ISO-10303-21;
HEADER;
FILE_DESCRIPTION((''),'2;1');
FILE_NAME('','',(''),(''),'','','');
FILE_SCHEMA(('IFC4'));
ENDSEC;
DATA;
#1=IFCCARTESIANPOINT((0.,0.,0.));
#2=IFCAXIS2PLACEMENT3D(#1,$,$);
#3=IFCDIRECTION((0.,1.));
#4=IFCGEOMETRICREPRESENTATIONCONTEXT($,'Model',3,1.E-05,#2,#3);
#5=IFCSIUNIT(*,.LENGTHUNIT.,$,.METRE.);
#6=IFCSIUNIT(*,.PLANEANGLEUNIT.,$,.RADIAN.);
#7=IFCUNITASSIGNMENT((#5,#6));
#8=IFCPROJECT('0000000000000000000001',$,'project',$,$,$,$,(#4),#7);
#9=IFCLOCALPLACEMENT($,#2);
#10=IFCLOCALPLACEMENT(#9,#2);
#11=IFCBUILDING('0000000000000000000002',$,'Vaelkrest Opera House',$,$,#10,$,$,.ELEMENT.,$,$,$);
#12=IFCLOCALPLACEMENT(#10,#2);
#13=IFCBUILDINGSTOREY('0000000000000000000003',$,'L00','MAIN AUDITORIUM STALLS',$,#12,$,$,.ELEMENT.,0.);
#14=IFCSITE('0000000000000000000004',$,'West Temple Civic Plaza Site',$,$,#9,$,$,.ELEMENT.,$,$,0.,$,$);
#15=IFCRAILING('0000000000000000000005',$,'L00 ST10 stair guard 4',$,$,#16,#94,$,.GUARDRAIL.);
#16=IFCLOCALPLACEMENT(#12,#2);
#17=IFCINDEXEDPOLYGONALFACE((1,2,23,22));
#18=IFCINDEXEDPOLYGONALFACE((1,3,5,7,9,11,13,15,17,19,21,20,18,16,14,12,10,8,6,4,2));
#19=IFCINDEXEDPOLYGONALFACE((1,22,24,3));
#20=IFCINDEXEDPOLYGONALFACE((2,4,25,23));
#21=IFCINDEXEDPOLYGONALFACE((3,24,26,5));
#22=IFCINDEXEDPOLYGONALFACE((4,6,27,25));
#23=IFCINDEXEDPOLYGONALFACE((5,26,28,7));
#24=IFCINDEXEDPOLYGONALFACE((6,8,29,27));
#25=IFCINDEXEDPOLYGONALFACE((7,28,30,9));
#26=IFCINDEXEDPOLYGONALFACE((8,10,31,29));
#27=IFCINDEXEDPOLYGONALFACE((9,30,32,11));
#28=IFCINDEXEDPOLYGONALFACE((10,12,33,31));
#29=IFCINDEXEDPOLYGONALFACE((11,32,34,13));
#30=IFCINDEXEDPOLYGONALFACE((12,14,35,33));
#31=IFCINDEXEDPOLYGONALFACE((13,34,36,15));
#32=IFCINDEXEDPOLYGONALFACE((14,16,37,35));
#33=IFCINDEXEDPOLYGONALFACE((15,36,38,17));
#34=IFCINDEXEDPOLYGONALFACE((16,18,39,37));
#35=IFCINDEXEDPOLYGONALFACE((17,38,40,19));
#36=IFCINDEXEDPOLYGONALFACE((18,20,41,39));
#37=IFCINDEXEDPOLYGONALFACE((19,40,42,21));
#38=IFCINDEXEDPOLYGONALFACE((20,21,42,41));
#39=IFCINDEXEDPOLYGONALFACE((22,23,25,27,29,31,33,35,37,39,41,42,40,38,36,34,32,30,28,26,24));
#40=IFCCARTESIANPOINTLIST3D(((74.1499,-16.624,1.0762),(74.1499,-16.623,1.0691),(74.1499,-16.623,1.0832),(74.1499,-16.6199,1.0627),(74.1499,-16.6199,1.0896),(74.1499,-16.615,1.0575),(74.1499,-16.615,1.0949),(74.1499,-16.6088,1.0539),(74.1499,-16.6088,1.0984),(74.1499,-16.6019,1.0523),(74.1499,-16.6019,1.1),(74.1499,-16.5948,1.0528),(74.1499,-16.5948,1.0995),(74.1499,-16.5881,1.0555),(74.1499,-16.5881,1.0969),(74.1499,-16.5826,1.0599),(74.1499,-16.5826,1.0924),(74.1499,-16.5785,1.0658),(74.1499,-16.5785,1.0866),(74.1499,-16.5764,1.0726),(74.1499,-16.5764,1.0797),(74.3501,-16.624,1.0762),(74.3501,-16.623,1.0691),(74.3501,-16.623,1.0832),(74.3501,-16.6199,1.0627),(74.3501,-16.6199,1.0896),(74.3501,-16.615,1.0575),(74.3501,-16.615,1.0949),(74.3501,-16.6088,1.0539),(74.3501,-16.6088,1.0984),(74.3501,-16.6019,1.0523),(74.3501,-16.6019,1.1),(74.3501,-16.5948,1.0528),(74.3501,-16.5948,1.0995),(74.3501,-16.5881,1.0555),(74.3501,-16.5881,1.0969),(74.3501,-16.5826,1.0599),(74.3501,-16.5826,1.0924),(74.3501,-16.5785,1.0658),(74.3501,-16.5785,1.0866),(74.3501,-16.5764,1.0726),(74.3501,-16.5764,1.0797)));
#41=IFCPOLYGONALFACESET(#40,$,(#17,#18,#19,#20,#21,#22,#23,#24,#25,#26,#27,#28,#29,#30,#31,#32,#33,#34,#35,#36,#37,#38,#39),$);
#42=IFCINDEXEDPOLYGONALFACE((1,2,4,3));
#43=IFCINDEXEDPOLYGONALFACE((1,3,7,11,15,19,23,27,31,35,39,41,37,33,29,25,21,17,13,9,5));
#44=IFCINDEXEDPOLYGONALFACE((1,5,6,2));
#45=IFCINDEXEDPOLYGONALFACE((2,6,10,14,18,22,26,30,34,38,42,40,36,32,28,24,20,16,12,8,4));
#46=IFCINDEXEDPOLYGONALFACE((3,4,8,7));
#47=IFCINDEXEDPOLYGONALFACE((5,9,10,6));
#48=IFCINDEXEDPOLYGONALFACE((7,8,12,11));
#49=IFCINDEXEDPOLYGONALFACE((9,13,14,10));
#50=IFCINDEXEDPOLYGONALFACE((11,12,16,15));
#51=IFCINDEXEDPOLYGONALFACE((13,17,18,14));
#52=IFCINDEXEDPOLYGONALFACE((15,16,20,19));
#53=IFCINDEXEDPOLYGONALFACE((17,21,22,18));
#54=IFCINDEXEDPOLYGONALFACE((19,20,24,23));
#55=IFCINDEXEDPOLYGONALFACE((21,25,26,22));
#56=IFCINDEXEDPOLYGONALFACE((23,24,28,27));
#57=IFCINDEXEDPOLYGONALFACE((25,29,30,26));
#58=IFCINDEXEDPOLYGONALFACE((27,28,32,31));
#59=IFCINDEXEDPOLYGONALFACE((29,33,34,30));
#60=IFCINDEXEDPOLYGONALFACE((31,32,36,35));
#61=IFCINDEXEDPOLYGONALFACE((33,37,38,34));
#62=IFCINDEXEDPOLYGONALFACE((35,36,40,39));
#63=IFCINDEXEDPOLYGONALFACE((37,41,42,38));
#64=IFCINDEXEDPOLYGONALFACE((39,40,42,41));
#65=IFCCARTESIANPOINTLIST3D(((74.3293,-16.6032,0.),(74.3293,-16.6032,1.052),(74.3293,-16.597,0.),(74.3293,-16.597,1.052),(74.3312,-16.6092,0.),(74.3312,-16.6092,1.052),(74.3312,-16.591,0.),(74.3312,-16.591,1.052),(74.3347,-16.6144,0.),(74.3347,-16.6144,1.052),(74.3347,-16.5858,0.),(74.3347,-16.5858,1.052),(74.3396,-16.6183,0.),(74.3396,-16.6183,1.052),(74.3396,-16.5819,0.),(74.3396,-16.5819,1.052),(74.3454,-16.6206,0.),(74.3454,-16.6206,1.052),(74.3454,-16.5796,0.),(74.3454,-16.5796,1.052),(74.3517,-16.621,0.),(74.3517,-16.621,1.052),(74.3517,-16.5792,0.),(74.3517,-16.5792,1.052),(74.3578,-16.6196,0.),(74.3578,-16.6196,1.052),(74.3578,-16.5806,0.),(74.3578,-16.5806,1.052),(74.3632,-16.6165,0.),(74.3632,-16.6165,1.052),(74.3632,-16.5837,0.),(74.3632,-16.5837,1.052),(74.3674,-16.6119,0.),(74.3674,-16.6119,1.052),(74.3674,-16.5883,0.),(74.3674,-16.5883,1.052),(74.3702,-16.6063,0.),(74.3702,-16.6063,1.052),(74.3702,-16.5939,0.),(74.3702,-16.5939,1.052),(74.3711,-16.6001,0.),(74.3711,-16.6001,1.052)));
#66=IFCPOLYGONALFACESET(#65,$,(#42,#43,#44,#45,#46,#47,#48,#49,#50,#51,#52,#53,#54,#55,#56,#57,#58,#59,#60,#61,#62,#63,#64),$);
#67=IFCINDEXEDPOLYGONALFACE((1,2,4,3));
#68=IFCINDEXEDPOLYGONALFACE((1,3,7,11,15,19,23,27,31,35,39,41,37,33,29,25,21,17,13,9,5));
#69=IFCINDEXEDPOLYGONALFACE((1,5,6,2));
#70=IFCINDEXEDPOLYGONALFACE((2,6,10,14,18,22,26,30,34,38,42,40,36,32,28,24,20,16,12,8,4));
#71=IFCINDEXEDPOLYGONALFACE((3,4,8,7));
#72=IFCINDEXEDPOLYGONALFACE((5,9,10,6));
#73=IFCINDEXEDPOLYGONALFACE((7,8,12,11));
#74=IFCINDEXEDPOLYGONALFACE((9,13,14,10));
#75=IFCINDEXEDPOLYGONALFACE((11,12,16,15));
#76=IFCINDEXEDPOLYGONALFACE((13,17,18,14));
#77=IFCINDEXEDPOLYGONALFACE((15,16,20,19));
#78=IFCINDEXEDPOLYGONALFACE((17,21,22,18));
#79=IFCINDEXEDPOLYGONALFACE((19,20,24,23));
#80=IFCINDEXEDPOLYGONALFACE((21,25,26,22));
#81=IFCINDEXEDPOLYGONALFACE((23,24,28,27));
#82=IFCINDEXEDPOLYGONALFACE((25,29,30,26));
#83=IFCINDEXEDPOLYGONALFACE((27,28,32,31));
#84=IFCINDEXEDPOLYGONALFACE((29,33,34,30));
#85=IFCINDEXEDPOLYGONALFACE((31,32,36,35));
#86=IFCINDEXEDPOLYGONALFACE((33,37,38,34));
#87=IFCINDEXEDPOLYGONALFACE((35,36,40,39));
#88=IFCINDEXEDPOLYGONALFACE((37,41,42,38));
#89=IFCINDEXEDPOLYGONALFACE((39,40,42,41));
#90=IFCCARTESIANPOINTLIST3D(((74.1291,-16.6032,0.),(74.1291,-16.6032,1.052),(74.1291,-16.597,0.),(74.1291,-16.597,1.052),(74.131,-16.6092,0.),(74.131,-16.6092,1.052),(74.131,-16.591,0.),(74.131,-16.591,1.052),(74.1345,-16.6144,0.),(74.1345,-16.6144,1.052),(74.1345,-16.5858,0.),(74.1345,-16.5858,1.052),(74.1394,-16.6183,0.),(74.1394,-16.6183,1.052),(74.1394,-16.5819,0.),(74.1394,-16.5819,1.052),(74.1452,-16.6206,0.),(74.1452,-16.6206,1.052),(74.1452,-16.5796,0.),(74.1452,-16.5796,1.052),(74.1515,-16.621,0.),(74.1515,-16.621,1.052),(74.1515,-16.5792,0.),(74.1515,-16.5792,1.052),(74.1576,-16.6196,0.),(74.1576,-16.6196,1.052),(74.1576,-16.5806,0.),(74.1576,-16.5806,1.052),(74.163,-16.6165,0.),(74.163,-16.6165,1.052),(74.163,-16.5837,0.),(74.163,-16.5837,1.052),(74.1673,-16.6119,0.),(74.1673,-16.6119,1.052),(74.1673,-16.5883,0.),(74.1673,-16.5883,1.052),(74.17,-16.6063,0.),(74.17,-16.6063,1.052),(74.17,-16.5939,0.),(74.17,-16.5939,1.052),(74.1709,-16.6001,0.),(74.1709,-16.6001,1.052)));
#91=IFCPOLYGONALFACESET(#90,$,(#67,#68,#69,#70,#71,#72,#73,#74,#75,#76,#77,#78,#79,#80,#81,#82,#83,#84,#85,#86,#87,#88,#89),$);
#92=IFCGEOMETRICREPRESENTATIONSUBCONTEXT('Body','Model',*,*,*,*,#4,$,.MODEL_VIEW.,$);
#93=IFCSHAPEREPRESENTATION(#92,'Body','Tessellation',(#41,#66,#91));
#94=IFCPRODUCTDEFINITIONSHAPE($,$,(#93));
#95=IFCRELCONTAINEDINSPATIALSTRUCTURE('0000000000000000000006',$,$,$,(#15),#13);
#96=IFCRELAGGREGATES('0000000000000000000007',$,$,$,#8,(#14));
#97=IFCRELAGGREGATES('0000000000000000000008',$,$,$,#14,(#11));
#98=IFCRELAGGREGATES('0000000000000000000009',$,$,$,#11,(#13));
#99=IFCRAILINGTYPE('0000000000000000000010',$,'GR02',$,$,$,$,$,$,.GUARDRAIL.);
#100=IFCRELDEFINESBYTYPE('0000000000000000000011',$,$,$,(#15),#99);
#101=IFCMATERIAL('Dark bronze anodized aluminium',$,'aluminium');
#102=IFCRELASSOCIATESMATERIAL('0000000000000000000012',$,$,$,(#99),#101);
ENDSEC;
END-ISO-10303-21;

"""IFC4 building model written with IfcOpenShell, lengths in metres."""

from ifc_helpers import new_model, si_unit, direction, frame, origin, origin_2d, place, context, subcontext, project, spatial, circle, extrude, material, type_object, element, save


model = new_model("IFC4")

# Units and contexts
model_context = context("Model", 3, precision=1e-05, world=origin(), true_north=direction((0.0, 1.0)))
body_context = subcontext(model_context, "Body", "Model", "MODEL_VIEW")
ifc_project = project(units=[si_unit("LENGTHUNIT", "METRE"), si_unit("PLANEANGLEUNIT", "RADIAN")], contexts=[model_context])

# Site, building, storey
site_placement = place(None, origin())
site = spatial("IfcSite", under=ifc_project, at=site_placement, Name="West Temple Civic Plaza Site", CompositionType="ELEMENT", RefElevation=0.0)
building_placement = place(site_placement, origin())
building = spatial("IfcBuilding", under=site, at=building_placement, Name="Vaelkrest Opera House", CompositionType="ELEMENT")
storey_placement = place(building_placement, origin())
storey = spatial("IfcBuildingStorey", under=building, at=storey_placement, Name="L00", Description="MAIN AUDITORIUM STALLS", CompositionType="ELEMENT", Elevation=0.0)

# Railing
ifc_material_1 = material(Name="Dark bronze anodized aluminium", Category="aluminium")
railing_type_1 = type_object("IfcRailingType", Name="GR02", PredefinedType="GUARDRAIL", material=ifc_material_1)
railing_1_placement = place(storey_placement, frame((74.3501, -16.6001, 0.0)))
element("IfcRailing", 1, at=railing_1_placement, inside=storey, type_object=railing_type_1, Name="L00 ST10 stair guard 4", PredefinedType="GUARDRAIL", context=body_context, shape_type="SweptSolid", body=[
    extrude(circle(Radius=0.0239, at=origin_2d()), frame((0.0, 0.0, 1.0762), z_axis=(-1.0, 0.0, 0.0), x_axis=(0.0, -1.0, 0.0)), (0.0, 0.0, 1.0), 0.2002),
    extrude(circle(Radius=0.021, at=origin_2d()), origin(), (0.0, 0.0, 1.0), 1.052),
    extrude(circle(Radius=0.021, at=origin_2d()), frame((-0.2002, 0.0, 0.0)), (0.0, 0.0, 1.0), 1.052),
])

save(model, "model.ifc")
